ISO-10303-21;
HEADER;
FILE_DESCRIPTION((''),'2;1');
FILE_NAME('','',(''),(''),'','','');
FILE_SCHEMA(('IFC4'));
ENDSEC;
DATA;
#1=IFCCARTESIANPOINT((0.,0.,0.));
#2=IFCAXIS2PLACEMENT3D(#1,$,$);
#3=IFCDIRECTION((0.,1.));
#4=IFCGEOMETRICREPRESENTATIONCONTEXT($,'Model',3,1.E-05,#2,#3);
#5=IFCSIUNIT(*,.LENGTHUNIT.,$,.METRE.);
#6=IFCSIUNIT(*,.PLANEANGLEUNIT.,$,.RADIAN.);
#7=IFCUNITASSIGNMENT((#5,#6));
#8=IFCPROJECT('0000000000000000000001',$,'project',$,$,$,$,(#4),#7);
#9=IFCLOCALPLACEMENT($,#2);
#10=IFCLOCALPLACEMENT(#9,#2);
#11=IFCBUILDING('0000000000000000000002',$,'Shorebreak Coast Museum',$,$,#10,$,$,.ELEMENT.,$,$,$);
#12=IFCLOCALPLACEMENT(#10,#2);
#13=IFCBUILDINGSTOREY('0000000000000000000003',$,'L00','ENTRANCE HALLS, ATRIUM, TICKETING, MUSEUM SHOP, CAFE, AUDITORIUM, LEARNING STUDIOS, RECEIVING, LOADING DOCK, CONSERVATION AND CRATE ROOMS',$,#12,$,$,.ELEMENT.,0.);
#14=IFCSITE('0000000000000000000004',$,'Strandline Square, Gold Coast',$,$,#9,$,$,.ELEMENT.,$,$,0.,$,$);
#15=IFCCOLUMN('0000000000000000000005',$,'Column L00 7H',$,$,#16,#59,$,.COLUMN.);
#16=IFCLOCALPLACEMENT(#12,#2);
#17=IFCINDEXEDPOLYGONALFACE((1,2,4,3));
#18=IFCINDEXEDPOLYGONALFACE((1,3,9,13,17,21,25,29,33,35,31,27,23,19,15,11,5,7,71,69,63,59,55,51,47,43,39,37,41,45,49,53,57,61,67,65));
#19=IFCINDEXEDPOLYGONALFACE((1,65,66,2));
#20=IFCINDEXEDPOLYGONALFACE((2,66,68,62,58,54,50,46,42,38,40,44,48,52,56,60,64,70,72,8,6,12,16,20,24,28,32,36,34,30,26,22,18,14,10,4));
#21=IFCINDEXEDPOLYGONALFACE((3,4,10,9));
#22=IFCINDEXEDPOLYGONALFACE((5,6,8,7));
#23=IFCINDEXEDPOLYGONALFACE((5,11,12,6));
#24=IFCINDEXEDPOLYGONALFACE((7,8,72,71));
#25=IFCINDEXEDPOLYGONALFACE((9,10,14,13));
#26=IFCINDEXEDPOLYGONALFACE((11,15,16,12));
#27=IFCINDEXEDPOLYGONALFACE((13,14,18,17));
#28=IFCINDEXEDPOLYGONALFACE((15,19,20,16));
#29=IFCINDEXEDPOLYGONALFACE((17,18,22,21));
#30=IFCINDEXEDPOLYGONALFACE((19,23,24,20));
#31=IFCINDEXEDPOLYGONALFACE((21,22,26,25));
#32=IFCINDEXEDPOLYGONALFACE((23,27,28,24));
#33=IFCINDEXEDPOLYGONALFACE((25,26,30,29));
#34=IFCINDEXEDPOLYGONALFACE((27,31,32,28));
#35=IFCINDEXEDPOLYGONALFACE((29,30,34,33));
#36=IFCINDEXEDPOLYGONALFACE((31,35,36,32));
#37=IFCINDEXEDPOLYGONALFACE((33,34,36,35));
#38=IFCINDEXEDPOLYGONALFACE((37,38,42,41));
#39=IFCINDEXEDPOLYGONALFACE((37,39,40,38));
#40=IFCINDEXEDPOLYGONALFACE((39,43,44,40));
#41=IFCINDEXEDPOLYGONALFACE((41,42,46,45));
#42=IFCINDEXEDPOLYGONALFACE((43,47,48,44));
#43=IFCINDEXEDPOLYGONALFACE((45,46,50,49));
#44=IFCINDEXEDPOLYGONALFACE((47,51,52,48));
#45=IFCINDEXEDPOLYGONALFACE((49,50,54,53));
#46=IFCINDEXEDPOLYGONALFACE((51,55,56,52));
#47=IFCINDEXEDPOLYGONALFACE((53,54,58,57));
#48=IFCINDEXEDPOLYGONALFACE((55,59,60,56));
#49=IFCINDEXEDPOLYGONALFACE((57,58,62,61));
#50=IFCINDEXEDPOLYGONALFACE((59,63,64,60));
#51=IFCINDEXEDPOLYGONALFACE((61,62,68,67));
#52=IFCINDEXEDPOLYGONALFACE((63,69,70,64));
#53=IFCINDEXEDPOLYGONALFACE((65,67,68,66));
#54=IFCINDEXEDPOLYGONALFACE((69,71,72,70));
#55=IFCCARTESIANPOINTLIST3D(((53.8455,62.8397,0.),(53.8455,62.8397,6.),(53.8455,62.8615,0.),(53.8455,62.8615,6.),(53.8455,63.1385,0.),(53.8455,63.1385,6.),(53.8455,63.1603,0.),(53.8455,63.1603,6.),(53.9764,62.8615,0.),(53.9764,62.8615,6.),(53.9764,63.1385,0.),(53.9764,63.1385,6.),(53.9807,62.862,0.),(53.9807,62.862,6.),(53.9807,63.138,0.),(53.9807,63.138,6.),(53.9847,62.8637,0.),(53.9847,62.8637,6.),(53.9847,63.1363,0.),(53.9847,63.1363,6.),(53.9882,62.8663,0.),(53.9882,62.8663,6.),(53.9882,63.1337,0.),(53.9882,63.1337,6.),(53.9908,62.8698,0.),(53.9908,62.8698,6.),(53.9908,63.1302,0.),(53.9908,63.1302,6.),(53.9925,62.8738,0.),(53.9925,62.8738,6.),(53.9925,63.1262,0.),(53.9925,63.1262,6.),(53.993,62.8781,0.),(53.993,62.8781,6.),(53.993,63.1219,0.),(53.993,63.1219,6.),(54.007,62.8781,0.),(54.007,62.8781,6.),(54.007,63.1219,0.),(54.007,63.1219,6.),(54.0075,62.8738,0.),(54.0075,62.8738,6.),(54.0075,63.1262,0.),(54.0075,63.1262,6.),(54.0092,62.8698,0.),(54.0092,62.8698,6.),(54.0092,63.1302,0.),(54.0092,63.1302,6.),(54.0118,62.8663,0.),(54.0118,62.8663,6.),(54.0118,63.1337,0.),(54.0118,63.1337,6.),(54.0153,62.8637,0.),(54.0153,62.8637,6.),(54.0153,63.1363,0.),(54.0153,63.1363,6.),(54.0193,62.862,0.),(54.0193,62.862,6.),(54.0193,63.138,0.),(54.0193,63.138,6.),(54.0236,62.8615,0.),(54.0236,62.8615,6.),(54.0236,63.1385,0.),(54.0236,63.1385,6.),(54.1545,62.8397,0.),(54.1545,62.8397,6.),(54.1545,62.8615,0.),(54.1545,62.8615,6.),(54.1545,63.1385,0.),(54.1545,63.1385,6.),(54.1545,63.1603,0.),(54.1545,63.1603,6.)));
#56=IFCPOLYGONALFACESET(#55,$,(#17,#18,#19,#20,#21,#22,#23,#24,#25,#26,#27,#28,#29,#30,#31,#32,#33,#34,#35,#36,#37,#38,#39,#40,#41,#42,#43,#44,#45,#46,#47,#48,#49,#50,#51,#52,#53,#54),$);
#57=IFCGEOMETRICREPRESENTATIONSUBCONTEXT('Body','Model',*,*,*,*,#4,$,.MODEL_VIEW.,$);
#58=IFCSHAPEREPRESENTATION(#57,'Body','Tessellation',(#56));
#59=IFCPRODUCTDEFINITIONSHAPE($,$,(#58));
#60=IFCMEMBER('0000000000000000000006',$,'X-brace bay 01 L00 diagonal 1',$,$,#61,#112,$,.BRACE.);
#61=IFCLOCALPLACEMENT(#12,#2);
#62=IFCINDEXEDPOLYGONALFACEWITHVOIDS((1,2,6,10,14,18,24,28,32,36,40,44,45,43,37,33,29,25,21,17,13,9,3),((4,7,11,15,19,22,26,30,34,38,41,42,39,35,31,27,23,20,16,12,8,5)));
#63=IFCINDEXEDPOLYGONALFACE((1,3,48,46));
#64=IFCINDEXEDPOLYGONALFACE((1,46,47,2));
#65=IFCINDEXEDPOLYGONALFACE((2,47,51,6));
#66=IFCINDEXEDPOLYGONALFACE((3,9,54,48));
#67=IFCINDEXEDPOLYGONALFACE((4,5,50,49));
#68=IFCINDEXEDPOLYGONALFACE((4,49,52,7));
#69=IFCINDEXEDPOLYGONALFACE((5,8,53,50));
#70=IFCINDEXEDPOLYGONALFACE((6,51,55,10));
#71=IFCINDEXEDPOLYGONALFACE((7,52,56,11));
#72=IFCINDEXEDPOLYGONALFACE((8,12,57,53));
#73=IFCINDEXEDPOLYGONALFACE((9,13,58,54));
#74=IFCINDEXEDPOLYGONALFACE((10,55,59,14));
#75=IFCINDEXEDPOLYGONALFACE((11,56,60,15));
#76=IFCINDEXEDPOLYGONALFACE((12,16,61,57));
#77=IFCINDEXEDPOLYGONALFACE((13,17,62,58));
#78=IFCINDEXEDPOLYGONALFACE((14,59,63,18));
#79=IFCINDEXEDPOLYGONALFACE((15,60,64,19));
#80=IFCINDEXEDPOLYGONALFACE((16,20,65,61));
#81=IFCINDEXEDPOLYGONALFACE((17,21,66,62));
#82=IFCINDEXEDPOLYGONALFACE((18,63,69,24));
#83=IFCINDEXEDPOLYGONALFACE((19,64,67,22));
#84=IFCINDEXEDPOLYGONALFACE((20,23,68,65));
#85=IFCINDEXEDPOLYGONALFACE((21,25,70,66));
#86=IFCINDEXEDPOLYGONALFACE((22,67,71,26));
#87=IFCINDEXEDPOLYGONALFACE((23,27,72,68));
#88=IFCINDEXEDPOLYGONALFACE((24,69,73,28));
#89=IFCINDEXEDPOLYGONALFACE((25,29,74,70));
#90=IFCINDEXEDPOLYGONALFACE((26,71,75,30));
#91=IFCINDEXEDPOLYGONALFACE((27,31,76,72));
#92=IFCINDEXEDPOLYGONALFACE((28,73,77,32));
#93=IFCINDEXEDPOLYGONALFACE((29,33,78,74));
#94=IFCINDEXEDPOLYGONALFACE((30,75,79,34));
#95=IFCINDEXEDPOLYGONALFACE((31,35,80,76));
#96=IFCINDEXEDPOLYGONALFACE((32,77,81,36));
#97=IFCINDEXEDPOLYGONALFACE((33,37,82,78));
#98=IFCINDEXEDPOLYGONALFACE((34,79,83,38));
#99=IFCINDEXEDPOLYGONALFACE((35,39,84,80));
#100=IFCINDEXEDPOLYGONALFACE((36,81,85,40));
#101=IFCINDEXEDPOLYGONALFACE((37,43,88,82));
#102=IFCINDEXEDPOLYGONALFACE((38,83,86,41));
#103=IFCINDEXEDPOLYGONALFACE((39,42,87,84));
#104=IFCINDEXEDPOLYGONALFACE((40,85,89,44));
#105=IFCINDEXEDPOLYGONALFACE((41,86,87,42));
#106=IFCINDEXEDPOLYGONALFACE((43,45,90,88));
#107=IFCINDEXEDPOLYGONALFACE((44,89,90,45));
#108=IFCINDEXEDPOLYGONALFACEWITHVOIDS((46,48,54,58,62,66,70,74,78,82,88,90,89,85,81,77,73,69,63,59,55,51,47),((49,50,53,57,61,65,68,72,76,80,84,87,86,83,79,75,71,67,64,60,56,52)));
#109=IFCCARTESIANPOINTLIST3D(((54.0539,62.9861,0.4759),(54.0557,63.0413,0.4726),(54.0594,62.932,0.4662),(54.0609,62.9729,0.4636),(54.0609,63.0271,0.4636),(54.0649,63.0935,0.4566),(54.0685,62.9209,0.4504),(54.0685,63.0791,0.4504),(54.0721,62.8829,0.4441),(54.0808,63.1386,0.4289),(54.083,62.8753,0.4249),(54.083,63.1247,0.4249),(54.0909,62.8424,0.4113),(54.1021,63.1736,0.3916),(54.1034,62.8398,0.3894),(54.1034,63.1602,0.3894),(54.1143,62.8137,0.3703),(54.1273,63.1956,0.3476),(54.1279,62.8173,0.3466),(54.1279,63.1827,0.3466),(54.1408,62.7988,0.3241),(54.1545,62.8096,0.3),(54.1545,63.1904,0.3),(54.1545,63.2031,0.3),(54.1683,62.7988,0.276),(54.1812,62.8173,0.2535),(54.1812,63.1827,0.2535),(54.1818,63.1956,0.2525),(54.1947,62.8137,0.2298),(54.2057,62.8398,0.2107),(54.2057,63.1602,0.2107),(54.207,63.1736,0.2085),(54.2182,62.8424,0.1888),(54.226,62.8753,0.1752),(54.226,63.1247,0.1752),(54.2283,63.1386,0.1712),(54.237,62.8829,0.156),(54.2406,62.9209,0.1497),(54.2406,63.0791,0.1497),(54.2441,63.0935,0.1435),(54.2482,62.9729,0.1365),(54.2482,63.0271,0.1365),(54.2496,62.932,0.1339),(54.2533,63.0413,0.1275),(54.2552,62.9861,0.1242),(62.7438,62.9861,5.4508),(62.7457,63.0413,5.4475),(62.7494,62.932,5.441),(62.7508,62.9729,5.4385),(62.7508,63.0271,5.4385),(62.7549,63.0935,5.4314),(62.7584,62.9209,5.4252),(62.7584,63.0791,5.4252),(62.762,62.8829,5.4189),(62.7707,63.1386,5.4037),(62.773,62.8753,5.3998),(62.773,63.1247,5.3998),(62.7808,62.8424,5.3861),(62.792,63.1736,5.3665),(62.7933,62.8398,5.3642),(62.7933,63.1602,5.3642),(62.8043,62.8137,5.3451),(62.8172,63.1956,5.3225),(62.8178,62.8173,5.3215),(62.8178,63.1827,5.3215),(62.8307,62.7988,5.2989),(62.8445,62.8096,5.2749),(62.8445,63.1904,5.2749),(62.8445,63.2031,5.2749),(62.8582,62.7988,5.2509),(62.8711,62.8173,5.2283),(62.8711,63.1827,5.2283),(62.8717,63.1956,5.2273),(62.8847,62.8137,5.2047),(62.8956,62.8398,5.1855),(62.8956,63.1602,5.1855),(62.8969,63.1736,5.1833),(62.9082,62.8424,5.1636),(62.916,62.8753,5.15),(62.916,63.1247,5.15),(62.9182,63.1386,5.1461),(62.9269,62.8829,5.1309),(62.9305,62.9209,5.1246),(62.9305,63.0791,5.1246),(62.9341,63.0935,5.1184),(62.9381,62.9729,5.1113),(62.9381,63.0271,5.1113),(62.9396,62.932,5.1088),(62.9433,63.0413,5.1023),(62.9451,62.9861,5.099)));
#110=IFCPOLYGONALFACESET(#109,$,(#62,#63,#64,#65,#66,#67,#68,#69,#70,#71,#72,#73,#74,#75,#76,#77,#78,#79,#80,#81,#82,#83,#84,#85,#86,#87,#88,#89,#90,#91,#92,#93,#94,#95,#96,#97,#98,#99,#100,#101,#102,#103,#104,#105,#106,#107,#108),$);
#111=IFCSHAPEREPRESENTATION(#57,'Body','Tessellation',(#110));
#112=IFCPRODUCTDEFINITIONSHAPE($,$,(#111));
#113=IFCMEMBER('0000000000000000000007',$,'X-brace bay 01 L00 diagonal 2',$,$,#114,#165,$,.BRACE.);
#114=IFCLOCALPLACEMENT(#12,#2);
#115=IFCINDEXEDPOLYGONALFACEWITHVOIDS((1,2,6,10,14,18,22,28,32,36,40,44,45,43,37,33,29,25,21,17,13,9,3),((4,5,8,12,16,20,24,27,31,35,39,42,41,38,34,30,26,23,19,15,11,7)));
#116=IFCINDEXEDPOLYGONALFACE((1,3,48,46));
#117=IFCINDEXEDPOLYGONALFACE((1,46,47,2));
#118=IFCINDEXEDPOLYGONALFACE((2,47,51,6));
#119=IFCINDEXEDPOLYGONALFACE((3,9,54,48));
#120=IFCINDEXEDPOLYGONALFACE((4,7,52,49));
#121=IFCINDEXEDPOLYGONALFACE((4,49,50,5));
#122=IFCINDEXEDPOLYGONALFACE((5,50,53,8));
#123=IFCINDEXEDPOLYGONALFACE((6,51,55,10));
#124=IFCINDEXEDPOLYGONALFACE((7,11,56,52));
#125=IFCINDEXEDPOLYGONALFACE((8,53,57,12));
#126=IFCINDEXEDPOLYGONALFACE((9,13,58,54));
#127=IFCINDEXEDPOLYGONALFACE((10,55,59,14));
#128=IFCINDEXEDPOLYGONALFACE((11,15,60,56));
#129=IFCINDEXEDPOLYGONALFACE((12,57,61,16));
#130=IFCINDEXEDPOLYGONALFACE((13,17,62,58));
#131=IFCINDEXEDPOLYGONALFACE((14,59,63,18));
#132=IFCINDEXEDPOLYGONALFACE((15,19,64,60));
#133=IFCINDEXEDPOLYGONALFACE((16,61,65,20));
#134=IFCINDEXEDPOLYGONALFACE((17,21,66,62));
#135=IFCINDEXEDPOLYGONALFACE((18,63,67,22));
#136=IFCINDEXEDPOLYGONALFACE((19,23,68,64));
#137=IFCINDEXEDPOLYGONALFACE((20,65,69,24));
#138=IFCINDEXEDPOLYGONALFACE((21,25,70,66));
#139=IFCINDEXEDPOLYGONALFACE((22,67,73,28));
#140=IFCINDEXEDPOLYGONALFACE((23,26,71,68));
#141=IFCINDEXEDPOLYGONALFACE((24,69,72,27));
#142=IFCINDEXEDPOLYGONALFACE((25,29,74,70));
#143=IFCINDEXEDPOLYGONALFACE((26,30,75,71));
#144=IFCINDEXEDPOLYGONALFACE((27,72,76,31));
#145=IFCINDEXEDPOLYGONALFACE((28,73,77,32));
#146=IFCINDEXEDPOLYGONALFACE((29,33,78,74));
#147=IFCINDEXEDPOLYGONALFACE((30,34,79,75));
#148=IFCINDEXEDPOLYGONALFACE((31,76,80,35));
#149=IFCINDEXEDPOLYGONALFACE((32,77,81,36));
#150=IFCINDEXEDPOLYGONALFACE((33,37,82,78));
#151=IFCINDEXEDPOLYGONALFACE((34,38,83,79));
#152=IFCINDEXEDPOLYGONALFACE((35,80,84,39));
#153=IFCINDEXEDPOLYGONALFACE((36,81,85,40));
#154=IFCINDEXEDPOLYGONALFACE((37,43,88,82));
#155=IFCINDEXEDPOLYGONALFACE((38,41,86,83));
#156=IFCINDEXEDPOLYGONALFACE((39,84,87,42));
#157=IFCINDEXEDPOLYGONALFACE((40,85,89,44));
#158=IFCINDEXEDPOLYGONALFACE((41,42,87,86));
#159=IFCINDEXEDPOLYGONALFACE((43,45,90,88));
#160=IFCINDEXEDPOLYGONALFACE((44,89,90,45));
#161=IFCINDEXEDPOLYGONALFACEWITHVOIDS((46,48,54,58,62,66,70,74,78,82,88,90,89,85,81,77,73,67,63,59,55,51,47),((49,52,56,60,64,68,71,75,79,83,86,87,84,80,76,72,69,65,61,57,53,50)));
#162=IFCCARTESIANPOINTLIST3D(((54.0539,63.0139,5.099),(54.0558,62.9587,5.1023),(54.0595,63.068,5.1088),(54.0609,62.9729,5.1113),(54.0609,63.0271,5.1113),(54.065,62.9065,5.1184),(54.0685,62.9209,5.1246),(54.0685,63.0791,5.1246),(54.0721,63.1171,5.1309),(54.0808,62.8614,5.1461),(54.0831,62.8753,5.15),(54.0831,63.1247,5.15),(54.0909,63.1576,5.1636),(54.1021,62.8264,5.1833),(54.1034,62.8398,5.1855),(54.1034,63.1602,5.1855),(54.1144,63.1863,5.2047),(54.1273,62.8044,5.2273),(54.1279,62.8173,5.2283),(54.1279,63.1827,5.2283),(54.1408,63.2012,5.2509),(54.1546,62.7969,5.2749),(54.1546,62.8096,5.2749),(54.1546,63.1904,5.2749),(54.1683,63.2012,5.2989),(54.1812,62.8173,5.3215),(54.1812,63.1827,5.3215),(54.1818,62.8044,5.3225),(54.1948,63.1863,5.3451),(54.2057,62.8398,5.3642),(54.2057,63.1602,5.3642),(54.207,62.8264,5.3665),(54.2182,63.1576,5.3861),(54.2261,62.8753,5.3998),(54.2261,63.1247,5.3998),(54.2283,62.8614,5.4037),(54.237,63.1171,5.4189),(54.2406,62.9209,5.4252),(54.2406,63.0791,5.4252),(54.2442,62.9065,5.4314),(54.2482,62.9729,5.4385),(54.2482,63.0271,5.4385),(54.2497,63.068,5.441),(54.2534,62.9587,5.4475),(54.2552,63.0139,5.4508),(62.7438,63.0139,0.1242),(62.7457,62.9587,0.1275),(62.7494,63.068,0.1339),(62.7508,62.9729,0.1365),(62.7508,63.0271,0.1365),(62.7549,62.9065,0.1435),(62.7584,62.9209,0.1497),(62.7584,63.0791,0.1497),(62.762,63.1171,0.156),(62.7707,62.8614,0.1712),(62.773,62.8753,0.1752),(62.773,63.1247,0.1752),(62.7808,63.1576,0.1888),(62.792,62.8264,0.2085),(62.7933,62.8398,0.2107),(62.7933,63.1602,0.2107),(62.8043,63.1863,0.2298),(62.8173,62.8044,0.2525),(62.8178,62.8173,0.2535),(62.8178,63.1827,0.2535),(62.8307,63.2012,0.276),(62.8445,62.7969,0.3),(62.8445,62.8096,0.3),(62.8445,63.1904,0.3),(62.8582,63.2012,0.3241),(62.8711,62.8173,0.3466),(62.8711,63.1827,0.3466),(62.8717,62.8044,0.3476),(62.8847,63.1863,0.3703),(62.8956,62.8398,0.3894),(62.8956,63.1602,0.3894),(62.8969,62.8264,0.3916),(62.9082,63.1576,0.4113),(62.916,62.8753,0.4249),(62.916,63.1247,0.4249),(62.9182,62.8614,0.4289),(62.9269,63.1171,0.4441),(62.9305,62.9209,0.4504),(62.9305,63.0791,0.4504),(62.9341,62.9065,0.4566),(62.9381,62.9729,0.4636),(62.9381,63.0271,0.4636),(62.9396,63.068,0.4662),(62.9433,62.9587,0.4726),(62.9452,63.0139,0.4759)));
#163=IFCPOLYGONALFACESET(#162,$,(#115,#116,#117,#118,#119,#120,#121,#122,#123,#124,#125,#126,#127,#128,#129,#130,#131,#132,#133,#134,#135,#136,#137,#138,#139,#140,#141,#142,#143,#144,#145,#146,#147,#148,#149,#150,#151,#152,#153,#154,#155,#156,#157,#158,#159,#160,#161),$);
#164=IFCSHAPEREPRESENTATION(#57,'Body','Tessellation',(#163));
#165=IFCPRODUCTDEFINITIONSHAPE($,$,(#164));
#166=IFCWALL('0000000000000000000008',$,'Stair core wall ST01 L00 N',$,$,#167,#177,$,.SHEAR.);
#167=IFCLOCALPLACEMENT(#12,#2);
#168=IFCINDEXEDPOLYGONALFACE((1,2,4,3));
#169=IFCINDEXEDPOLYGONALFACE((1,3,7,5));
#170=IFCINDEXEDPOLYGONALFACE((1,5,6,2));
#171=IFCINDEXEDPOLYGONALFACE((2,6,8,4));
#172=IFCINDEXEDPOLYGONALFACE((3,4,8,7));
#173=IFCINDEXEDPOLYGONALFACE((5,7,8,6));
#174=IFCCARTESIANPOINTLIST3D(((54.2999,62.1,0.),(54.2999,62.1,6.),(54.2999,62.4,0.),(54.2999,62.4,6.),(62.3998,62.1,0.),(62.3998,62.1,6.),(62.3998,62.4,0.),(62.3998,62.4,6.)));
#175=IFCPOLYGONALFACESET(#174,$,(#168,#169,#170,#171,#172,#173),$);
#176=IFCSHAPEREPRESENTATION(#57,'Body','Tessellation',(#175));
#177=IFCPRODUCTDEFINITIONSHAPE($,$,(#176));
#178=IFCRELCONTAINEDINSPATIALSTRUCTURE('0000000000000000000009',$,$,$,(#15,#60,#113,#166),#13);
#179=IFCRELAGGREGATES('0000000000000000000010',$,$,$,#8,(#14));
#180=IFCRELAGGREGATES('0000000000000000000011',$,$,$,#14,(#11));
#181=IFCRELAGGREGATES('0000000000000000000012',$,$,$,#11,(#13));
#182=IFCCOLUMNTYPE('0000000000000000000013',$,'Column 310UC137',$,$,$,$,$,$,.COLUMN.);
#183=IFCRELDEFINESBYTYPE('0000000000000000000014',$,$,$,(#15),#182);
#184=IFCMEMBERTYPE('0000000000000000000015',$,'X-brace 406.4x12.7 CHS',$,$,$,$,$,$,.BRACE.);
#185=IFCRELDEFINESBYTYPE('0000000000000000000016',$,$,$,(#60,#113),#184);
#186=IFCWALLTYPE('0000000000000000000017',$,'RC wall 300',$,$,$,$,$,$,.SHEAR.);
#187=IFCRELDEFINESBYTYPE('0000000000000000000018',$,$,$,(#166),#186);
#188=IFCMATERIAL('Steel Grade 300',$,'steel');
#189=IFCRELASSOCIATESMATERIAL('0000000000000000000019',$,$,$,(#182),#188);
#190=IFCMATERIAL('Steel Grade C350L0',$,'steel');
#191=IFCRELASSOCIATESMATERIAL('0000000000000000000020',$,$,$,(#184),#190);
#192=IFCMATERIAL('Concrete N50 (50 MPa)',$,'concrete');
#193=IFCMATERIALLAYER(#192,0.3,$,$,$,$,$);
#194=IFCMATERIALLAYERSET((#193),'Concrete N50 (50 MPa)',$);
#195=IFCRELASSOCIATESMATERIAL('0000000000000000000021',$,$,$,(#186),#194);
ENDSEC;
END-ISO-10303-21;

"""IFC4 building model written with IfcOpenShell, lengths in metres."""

from ifc_helpers import new_model, si_unit, direction, frame, frame_2d, origin, origin_2d, place, context, subcontext, project, spatial, rectangle, hollow_circle, i_section, extrude, material, layer, layer_set, material_profile, profile_set, type_object, element, save


model = new_model("IFC4")

# Units and contexts
model_context = context("Model", 3, precision=1e-05, world=origin(), true_north=direction((0.0, 1.0)))
body_context = subcontext(model_context, "Body", "Model", "MODEL_VIEW")
ifc_project = project(units=[si_unit("LENGTHUNIT", "METRE"), si_unit("PLANEANGLEUNIT", "RADIAN")], contexts=[model_context])

# Site, building, storey
site_placement = place(None, origin())
site = spatial("IfcSite", under=ifc_project, at=site_placement, Name="Strandline Square, Gold Coast", CompositionType="ELEMENT", RefElevation=0.0)
building_placement = place(site_placement, origin())
building = spatial("IfcBuilding", under=site, at=building_placement, Name="Shorebreak Coast Museum", CompositionType="ELEMENT")
storey_placement = place(building_placement, origin())
storey = spatial("IfcBuildingStorey", under=building, at=storey_placement, Name="L00", Description="ENTRANCE HALLS, ATRIUM, TICKETING, MUSEUM SHOP, CAFE, AUDITORIUM, LEARNING STUDIOS, RECEIVING, LOADING DOCK, CONSERVATION AND CRATE ROOMS", CompositionType="ELEMENT", Elevation=0.0)

# Column
ifc_material_1 = material(Name="Steel Grade 300", Category="steel")
ifc_material_profile_1 = material_profile(ifc_material_1, i_section(OverallWidth=0.3091, OverallDepth=0.3206, WebThickness=0.0139, FlangeThickness=0.0217, FilletRadius=0.0166, at=origin_2d()), Name="310UC137")
ifc_profile_set_1 = profile_set([ifc_material_profile_1], Name="Steel Grade 300")
column_type = type_object("IfcColumnType", Name="Column 310UC137", PredefinedType="COLUMN", material=ifc_profile_set_1)
column_placement = place(storey_placement, frame((54.0, 63.0, 0.0), z_axis=(0.0, 0.0, 1.0), x_axis=(1.0, 0.0, 0.0)))
element("IfcColumn", 1, at=column_placement, inside=storey, type_object=column_type, Name="Column L00 7H", PredefinedType="COLUMN", context=body_context, shape_type="SweptSolid", body=[
    extrude(i_section(OverallWidth=0.3091, OverallDepth=0.3206, WebThickness=0.0139, FlangeThickness=0.0217, FilletRadius=0.0166, at=origin_2d()), origin(), (0.0, 0.0, 1.0), 6.0),
])

# Members
ifc_material_2 = material(Name="Steel Grade C350L0", Category="steel")
ifc_material_profile_2 = material_profile(ifc_material_2, hollow_circle(Radius=0.2031, WallThickness=0.0127, at=origin_2d()), Name="406.4x12.7 CHS")
ifc_profile_set_2 = profile_set([ifc_material_profile_2], Name="Steel Grade C350L0")
member_type = type_object("IfcMemberType", Name="X-brace 406.4x12.7 CHS", PredefinedType="BRACE", material=ifc_profile_set_2)
for number, where, z_axis, x_axis, name in (
    (2, (54.1545, 63.0, 0.3), (0.867848, 0.0, 0.496829), (0.0, 1.0, 0.0), "X-brace bay 01 L00 diagonal 1"),
    (3, (62.8445, 63.0, 0.3), (-0.867848, 0.0, 0.496829), (0.0, -1.0, 0.0), "X-brace bay 01 L00 diagonal 2"),
):
    element("IfcMember", number, at=place(storey_placement, frame(where, z_axis=z_axis, x_axis=x_axis)), inside=storey, type_object=member_type, Name=name, PredefinedType="BRACE", context=body_context, shape_type="SweptSolid", body=[
        extrude(hollow_circle(Radius=0.2031, WallThickness=0.0127, at=origin_2d()), origin(), (0.0, 0.0, 1.0), 10.0132),
    ])

# Wall
ifc_material_3 = material(Name="Concrete N50 (50 MPa)", Category="concrete")
ifc_layer_1 = layer(ifc_material_3, 0.3)
ifc_layer_set_1 = layer_set([ifc_layer_1], Name="Concrete N50 (50 MPa)")
wall_type = type_object("IfcWallType", Name="RC wall 300", PredefinedType="SHEAR", material=ifc_layer_set_1)
wall_placement = place(storey_placement, frame((54.3, 62.25, 0.0), z_axis=(0.0, 0.0, 1.0), x_axis=(1.0, 0.0, 0.0)))
element("IfcWall", 4, at=wall_placement, inside=storey, type_object=wall_type, Name="Stair core wall ST01 L00 N", PredefinedType="SHEAR", context=body_context, shape_type="SweptSolid", body=[
    extrude(rectangle(XDim=8.0999, YDim=0.3, at=frame_2d((4.0498, 0.0))), origin(), (0.0, 0.0, 1.0), 6.0),
])

save(model, "model.ifc")
